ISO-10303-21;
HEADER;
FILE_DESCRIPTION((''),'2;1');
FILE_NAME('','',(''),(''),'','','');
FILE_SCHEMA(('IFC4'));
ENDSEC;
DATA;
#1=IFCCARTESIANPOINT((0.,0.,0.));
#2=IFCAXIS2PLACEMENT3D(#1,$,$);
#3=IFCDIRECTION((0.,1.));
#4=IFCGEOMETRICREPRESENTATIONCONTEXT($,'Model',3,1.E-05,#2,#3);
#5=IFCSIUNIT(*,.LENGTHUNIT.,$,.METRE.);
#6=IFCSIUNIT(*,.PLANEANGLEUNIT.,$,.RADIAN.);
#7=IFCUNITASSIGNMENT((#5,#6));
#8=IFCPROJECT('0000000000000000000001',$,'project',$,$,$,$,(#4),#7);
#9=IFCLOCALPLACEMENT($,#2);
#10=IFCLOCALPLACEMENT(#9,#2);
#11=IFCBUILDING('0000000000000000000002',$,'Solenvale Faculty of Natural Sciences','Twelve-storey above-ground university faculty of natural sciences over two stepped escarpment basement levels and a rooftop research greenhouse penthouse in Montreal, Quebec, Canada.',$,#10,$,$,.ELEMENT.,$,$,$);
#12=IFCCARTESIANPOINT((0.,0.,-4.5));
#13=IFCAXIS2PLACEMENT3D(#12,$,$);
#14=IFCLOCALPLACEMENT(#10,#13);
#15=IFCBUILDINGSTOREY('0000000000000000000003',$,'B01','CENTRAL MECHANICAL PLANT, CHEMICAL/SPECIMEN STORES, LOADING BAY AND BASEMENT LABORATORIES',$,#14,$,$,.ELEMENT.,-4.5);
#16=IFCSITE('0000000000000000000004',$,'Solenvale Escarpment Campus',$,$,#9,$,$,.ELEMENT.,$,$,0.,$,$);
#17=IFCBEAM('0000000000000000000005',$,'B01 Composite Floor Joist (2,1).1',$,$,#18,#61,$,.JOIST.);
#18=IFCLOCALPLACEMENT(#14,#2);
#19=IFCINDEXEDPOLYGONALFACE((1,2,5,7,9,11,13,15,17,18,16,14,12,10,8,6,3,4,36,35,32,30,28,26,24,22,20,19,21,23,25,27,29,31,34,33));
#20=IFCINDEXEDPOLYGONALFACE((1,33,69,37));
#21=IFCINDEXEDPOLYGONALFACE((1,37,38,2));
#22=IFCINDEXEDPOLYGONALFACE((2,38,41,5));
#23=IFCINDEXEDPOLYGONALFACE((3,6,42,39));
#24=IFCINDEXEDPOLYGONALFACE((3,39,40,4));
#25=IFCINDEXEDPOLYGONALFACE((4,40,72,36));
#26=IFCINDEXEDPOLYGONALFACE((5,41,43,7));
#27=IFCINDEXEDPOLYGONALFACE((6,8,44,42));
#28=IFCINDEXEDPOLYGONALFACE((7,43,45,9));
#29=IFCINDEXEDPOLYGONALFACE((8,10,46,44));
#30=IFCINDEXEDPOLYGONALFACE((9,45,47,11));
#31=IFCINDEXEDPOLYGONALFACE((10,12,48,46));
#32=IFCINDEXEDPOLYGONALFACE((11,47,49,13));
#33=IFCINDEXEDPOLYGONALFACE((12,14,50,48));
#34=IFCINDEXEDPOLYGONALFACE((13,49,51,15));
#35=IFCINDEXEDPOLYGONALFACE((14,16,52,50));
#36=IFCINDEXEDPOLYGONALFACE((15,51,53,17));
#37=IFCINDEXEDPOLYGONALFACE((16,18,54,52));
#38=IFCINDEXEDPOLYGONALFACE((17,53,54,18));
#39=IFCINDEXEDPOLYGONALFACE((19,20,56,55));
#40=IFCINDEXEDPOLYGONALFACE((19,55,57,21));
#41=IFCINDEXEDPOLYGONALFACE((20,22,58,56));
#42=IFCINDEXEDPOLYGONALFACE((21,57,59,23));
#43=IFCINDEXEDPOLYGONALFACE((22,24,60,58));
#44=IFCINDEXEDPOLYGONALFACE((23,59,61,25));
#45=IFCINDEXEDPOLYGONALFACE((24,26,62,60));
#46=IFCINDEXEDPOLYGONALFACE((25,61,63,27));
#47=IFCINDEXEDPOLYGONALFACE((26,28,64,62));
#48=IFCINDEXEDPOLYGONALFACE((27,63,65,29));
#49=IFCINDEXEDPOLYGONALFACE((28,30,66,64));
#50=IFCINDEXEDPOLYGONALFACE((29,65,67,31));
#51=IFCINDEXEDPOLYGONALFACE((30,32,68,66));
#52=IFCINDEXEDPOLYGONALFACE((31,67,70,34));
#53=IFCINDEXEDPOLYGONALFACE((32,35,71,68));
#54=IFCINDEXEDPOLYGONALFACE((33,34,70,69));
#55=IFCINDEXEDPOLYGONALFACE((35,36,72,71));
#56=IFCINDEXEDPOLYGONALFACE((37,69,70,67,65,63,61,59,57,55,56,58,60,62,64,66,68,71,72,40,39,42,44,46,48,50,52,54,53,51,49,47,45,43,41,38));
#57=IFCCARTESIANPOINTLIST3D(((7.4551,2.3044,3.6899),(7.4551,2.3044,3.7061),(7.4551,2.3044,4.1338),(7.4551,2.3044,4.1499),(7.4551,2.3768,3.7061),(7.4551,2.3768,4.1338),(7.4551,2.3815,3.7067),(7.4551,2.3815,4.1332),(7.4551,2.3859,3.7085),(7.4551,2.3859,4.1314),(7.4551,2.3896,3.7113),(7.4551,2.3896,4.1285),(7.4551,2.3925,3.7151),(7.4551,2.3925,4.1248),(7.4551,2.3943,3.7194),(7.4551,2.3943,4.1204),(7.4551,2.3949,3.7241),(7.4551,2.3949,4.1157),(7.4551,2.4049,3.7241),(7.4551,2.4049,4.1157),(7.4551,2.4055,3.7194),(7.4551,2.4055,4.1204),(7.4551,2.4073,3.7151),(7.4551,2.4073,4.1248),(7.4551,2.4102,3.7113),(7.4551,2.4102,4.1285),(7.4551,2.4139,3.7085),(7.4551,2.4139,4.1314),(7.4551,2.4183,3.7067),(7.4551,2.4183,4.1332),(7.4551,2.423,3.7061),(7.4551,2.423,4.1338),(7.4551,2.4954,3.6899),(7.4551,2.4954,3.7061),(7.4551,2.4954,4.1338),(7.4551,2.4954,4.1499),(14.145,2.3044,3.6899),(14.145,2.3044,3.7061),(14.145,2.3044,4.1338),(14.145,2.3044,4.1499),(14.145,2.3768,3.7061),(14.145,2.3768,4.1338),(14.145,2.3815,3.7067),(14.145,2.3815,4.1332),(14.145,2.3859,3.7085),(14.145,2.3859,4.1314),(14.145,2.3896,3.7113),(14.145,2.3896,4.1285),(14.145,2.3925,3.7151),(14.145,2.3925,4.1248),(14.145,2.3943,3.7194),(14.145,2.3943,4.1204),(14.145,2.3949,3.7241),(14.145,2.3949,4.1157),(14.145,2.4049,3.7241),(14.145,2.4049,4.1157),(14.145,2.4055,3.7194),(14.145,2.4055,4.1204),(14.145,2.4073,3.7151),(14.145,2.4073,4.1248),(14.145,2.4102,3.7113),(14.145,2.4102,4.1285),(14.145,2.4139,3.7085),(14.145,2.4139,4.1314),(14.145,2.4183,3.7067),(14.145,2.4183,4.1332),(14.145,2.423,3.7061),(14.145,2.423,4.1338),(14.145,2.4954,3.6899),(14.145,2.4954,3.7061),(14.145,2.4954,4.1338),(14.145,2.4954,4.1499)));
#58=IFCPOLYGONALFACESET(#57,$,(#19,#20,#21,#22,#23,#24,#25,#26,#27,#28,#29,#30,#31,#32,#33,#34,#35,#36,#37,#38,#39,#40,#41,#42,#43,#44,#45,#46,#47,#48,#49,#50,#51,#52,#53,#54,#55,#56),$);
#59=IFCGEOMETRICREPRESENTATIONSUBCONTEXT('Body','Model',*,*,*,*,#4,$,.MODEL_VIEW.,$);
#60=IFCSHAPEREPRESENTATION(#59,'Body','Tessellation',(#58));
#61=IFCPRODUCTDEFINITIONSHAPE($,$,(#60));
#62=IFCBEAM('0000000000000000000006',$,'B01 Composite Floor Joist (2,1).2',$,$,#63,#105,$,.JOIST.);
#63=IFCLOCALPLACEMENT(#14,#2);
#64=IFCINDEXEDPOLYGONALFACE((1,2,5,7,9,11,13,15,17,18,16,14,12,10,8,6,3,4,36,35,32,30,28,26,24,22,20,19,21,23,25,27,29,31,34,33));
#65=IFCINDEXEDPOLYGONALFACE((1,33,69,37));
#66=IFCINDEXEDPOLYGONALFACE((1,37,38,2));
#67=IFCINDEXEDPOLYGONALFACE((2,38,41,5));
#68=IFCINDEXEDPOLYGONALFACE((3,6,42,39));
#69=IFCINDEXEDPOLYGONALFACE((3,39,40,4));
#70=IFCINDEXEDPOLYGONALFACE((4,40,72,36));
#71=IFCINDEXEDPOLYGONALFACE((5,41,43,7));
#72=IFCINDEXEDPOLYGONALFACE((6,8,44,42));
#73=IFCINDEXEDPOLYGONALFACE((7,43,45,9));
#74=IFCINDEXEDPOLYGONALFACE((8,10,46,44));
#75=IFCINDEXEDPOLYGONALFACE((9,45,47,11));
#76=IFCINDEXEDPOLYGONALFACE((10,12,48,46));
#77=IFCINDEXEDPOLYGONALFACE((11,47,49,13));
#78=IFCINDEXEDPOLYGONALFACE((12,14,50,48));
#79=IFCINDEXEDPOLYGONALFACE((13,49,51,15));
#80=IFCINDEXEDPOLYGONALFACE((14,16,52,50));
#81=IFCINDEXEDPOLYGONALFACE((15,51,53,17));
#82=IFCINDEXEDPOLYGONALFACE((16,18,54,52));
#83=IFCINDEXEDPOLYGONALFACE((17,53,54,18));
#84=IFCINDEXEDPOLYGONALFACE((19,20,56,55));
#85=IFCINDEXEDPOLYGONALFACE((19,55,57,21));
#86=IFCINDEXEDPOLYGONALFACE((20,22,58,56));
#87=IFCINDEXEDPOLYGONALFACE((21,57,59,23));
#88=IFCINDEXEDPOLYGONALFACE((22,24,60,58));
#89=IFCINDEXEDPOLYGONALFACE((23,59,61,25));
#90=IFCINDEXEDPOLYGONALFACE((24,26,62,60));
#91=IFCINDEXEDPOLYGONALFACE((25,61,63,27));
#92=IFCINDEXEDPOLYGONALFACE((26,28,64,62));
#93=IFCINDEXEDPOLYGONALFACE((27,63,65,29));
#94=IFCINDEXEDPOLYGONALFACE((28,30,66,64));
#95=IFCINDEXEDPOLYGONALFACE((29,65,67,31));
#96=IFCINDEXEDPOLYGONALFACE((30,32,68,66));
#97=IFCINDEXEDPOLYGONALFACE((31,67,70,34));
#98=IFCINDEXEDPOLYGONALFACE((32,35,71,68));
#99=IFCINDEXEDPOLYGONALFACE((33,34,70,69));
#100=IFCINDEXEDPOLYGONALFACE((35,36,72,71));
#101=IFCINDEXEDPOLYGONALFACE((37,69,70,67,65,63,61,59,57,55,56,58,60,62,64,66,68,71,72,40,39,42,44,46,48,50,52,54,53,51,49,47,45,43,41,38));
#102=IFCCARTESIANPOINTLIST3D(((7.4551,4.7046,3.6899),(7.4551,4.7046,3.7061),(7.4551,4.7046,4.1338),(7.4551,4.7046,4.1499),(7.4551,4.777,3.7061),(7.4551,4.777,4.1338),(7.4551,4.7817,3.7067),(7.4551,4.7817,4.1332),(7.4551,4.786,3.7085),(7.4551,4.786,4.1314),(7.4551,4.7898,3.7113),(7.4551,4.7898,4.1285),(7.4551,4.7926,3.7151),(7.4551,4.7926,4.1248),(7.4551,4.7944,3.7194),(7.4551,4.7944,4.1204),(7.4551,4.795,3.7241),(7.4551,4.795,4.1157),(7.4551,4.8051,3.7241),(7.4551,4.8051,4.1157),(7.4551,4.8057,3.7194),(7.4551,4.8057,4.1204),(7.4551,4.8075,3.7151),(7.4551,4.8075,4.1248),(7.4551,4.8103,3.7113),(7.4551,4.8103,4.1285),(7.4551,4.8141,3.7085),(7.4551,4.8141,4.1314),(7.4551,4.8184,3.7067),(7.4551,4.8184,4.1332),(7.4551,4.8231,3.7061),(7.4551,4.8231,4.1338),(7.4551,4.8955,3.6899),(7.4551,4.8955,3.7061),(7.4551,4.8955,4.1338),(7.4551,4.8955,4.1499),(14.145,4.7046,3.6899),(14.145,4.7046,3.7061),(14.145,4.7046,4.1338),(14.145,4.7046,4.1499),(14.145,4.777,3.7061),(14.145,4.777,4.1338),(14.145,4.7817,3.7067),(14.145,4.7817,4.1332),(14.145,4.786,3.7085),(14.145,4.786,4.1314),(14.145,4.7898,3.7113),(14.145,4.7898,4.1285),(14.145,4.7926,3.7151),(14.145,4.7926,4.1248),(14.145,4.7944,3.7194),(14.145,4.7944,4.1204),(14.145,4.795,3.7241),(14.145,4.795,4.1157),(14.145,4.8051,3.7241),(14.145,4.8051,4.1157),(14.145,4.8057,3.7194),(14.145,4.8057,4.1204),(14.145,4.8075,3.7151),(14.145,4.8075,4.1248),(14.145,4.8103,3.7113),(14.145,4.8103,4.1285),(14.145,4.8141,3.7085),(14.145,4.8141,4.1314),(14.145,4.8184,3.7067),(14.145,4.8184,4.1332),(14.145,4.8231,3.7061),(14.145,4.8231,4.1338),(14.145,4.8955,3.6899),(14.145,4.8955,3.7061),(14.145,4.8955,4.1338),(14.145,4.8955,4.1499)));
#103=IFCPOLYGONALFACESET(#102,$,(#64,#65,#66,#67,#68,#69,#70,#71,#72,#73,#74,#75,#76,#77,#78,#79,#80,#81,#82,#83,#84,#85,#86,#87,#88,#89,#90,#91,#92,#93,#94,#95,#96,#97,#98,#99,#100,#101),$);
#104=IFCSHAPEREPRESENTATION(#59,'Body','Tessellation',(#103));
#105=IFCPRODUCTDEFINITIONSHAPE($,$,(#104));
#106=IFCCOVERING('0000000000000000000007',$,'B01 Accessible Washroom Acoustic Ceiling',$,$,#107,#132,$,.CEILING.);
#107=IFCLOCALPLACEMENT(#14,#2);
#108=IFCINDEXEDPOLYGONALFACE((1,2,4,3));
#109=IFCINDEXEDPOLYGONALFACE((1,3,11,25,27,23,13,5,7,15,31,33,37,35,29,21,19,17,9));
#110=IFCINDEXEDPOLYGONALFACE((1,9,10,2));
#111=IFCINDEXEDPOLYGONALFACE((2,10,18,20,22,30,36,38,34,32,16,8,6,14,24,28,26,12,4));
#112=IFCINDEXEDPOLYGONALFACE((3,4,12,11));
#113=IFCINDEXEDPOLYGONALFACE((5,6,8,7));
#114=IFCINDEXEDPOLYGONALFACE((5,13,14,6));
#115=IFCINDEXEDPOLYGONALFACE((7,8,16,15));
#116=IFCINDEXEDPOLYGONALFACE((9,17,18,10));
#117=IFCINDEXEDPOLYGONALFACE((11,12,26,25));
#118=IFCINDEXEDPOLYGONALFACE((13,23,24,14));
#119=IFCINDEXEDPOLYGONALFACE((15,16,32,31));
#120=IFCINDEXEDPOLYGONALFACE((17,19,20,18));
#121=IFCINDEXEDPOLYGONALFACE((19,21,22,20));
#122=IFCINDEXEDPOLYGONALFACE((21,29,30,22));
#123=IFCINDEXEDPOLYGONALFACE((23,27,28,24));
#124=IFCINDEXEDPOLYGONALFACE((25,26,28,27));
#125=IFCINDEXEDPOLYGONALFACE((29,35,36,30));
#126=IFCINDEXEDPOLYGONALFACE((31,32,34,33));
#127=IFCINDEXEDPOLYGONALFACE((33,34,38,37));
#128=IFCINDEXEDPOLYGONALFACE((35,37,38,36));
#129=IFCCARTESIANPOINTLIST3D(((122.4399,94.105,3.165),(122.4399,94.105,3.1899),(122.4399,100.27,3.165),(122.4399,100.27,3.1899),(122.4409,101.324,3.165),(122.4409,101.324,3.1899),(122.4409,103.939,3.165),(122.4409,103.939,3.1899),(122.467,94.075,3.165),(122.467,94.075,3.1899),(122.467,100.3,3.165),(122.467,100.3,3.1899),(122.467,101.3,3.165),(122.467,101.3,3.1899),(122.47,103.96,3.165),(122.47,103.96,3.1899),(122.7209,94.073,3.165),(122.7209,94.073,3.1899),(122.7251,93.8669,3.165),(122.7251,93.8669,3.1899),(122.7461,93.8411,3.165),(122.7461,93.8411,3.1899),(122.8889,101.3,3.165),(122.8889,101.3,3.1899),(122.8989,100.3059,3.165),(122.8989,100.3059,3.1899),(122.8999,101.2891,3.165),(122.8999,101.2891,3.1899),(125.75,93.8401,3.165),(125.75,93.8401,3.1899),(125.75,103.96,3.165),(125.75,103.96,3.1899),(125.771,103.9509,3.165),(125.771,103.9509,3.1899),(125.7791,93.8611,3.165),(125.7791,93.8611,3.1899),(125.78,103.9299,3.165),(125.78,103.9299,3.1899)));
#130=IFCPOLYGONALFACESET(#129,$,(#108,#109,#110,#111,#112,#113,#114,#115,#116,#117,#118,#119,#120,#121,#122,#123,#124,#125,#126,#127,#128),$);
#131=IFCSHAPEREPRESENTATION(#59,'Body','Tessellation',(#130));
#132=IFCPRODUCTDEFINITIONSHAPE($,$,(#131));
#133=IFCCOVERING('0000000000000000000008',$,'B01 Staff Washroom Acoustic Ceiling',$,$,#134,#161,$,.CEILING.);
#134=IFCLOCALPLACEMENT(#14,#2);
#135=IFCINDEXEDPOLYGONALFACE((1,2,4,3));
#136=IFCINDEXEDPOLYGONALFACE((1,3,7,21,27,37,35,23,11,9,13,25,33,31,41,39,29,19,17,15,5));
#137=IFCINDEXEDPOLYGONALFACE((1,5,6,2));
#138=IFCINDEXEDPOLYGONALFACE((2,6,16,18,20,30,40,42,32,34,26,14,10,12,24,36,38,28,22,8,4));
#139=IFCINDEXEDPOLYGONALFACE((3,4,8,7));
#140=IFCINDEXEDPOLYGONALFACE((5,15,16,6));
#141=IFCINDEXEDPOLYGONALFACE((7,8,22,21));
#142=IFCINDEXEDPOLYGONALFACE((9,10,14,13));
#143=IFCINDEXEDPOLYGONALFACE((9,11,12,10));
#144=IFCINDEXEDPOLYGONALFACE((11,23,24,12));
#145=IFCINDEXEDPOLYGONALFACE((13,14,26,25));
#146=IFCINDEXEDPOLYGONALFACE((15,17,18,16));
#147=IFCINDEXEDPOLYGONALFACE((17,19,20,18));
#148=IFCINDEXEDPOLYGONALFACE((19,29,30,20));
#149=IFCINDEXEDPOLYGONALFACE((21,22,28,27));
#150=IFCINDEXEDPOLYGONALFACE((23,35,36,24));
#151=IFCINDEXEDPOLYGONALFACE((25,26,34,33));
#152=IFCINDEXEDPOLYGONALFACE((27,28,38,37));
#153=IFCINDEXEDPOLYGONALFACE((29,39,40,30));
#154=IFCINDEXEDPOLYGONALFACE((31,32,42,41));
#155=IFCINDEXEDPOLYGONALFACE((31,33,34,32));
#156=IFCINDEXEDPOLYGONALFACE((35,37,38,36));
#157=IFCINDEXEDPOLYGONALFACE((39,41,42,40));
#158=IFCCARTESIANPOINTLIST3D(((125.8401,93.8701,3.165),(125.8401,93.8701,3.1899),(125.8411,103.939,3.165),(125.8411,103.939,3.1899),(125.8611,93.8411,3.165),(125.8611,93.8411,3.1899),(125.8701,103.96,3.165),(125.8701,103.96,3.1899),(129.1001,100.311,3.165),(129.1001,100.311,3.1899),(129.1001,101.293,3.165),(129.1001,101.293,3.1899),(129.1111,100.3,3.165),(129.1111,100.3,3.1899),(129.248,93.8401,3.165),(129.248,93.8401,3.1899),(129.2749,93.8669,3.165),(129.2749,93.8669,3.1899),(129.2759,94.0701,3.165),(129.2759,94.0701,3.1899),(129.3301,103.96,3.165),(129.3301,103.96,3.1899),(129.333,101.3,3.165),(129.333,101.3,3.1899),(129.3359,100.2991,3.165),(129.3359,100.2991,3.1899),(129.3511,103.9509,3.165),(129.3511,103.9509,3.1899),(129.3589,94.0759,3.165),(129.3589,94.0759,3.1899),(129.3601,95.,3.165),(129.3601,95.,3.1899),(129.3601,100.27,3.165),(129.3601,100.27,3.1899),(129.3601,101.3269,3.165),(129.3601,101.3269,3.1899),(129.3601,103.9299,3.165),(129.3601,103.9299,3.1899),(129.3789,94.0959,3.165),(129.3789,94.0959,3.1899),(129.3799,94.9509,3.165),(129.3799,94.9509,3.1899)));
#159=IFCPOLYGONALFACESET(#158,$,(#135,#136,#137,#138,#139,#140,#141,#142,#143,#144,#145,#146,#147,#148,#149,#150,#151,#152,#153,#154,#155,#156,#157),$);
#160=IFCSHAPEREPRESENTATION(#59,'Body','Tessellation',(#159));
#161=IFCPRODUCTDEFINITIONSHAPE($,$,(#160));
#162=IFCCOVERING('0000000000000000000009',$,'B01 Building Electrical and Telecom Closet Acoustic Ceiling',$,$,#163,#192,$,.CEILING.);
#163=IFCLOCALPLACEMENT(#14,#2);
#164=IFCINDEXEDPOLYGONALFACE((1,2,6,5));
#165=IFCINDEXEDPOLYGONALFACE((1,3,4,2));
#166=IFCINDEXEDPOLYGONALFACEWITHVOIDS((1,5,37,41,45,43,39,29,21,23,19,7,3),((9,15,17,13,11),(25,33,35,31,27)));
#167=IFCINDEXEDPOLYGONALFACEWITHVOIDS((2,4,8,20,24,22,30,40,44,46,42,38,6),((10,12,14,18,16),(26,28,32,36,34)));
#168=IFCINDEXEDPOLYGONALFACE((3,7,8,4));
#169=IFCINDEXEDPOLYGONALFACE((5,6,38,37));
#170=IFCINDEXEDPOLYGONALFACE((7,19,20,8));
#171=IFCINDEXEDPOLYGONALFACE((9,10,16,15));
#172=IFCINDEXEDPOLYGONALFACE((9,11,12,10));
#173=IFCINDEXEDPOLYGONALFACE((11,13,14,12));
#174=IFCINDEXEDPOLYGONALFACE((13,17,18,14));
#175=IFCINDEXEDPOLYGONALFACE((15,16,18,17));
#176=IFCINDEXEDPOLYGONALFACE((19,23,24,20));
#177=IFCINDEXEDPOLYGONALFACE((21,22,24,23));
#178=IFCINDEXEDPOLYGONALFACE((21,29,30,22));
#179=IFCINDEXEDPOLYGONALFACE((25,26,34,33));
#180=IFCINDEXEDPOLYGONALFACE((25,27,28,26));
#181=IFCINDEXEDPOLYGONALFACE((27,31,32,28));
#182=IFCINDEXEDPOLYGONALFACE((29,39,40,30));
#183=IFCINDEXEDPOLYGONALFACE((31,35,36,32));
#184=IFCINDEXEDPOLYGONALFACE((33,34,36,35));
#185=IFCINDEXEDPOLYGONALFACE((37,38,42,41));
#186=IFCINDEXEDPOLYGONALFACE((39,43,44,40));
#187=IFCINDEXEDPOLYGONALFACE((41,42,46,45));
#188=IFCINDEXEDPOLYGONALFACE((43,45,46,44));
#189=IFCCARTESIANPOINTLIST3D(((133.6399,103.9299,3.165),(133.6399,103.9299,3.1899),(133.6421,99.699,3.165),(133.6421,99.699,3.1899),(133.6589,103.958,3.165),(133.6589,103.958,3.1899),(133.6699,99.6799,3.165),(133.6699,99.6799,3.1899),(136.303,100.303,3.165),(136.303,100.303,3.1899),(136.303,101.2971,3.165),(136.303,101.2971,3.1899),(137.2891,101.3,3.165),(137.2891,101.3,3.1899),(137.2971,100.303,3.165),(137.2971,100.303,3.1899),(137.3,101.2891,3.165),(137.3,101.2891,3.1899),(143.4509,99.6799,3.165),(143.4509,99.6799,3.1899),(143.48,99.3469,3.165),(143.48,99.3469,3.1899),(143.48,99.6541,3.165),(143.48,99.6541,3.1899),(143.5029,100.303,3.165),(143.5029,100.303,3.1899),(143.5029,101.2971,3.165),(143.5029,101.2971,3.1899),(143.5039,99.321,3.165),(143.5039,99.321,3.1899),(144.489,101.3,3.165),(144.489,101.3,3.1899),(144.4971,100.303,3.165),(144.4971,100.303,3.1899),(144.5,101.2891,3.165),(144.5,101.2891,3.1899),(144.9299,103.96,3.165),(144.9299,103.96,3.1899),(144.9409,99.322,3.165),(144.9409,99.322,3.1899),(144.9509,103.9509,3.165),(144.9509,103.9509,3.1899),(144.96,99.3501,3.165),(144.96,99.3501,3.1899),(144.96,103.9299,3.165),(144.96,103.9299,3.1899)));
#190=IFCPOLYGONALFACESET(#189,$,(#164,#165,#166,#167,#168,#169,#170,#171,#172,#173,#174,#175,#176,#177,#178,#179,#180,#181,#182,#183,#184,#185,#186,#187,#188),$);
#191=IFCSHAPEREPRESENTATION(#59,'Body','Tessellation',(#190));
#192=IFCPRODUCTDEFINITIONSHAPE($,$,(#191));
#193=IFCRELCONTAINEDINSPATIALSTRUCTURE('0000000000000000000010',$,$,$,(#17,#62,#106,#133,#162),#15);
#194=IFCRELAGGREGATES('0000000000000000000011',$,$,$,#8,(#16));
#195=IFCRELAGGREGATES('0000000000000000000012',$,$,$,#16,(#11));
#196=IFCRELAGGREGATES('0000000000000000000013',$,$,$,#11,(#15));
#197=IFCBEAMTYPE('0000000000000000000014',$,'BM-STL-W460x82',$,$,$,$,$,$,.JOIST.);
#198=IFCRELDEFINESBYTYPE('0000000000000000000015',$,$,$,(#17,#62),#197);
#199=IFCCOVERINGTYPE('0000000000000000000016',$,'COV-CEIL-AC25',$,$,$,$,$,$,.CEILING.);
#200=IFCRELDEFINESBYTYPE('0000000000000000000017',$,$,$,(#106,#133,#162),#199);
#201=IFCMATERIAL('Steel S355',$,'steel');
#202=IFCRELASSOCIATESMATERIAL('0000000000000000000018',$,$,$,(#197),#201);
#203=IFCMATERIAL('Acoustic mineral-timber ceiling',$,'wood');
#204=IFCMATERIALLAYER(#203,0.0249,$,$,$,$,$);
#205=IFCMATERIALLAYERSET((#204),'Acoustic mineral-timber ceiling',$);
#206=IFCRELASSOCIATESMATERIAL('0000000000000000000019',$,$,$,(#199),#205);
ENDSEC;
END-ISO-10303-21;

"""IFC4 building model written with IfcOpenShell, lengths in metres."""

from ifc_helpers import new_model, si_unit, direction, frame, origin, origin_2d, place, context, subcontext, project, spatial, polyline, i_section, outline, extrude, material, layer, layer_set, material_profile, profile_set, type_object, element, save


model = new_model("IFC4")

# Units and contexts
model_context = context("Model", 3, precision=1e-05, world=origin(), true_north=direction((0.0, 1.0)))
body_context = subcontext(model_context, "Body", "Model", "MODEL_VIEW")
ifc_project = project(units=[si_unit("LENGTHUNIT", "METRE"), si_unit("PLANEANGLEUNIT", "RADIAN")], contexts=[model_context])

# Site, building, storey
site_placement = place(None, origin())
site = spatial("IfcSite", under=ifc_project, at=site_placement, Name="Solenvale Escarpment Campus", CompositionType="ELEMENT", RefElevation=0.0)
building_placement = place(site_placement, origin())
building = spatial("IfcBuilding", under=site, at=building_placement, Name="Solenvale Faculty of Natural Sciences", Description="Twelve-storey above-ground university faculty of natural sciences over two stepped escarpment basement levels and a rooftop research greenhouse penthouse in Montreal, Quebec, Canada.", CompositionType="ELEMENT")
storey_placement = place(building_placement, frame((0.0, 0.0, -4.5)))
storey = spatial("IfcBuildingStorey", under=building, at=storey_placement, Name="B01", Description="CENTRAL MECHANICAL PLANT, CHEMICAL/SPECIMEN STORES, LOADING BAY AND BASEMENT LABORATORIES", CompositionType="ELEMENT", Elevation=-4.5)

# Beams
ifc_material_1 = material(Name="Steel S355", Category="steel")
ifc_material_profile_1 = material_profile(ifc_material_1, i_section(OverallWidth=0.1909, OverallDepth=0.46, WebThickness=0.01, FlangeThickness=0.0161, FilletRadius=0.0181, at=origin_2d()), Name="W460x82")
ifc_profile_set_1 = profile_set([ifc_material_profile_1], Name="Steel S355")
beam_type_1 = type_object("IfcBeamType", Name="BM-STL-W460x82", PredefinedType="JOIST", material=ifc_profile_set_1)
for number, where, z_axis, x_axis, name in (
    (1, (7.4551, 2.3999, 3.9199), (1.0, 0.0, 0.0), (0.0, 1.0, 0.0), "B01 Composite Floor Joist (2,1).1"),
    (2, (7.4551, 4.8, 3.9199), (1.0, 0.0, 0.0), (0.0, 1.0, 0.0), "B01 Composite Floor Joist (2,1).2"),
):
    element("IfcBeam", number, at=place(storey_placement, frame(where, z_axis=z_axis, x_axis=x_axis)), inside=storey, type_object=beam_type_1, Name=name, PredefinedType="JOIST", context=body_context, shape_type="SweptSolid", body=[
        extrude(i_section(OverallWidth=0.1909, OverallDepth=0.46, WebThickness=0.01, FlangeThickness=0.0161, FilletRadius=0.0181, at=origin_2d()), origin(), (0.0, 0.0, 1.0), 6.6899),
    ])

# Coverings
ifc_material_2 = material(Name="Acoustic mineral-timber ceiling", Category="wood")
ifc_layer_1 = layer(ifc_material_2, 0.0249)
ifc_layer_set_1 = layer_set([ifc_layer_1], Name="Acoustic mineral-timber ceiling")
covering_type_1 = type_object("IfcCoveringType", Name="COV-CEIL-AC25", PredefinedType="CEILING", material=ifc_layer_set_1)
covering_1_placement = place(storey_placement, frame((0.0, 0.0, 3.165)))
element("IfcCovering", 3, at=covering_1_placement, inside=storey, type_object=covering_type_1, Name="B01 Accessible Washroom Acoustic Ceiling", PredefinedType="CEILING", context=body_context, shape_type="SweptSolid", body=[
    extrude(outline(polyline([(125.75, 103.96), (125.771, 103.9509), (125.78, 103.9299), (125.7791, 93.8611), (125.75, 93.8401), (122.7461, 93.8411), (122.7251, 93.8669), (122.7209, 94.073), (122.467, 94.075), (122.4399, 94.105), (122.4399, 100.27), (122.467, 100.3), (122.8989, 100.3059), (122.8999, 101.2891), (122.8889, 101.3), (122.467, 101.3), (122.4409, 101.324), (122.4409, 103.939), (122.47, 103.96), (125.75, 103.96)])), origin(), (0.0, 0.0, 1.0), 0.0249),
])
covering_2_placement = place(storey_placement, frame((0.0, 0.0, 3.165)))
element("IfcCovering", 4, at=covering_2_placement, inside=storey, type_object=covering_type_1, Name="B01 Staff Washroom Acoustic Ceiling", PredefinedType="CEILING", context=body_context, shape_type="SweptSolid", body=[
    extrude(outline(polyline([(129.3301, 103.96), (129.3511, 103.9509), (129.3601, 103.9299), (129.3601, 101.3269), (129.333, 101.3), (129.1001, 101.293), (129.1001, 100.311), (129.1111, 100.3), (129.3359, 100.2991), (129.3601, 100.27), (129.3601, 95.0), (129.3799, 94.9509), (129.3789, 94.0959), (129.3589, 94.0759), (129.2759, 94.0701), (129.2749, 93.8669), (129.248, 93.8401), (125.8611, 93.8411), (125.8401, 93.8701), (125.8411, 103.939), (125.8701, 103.96), (129.3301, 103.96)])), origin(), (0.0, 0.0, 1.0), 0.0249),
])
covering_3_placement = place(storey_placement, frame((0.0, 0.0, 3.165)))
element("IfcCovering", 5, at=covering_3_placement, inside=storey, type_object=covering_type_1, Name="B01 Building Electrical and Telecom Closet Acoustic Ceiling", PredefinedType="CEILING", context=body_context, shape_type="SweptSolid", body=[
    extrude(outline(polyline([(144.9299, 103.96), (144.9509, 103.9509), (144.96, 103.9299), (144.96, 99.3501), (144.9409, 99.322), (143.5039, 99.321), (143.48, 99.3469), (143.48, 99.6541), (143.4509, 99.6799), (133.6699, 99.6799), (133.6421, 99.699), (133.6399, 103.9299), (133.6589, 103.958), (144.9299, 103.96)]), holes=[polyline([(144.5, 101.2891), (144.489, 101.3), (143.5029, 101.2971), (143.5029, 100.303), (144.4971, 100.303), (144.5, 101.2891)]), polyline([(137.3, 101.2891), (137.2891, 101.3), (136.303, 101.2971), (136.303, 100.303), (137.2971, 100.303), (137.3, 101.2891)])]), origin(), (0.0, 0.0, 1.0), 0.0249),
])

save(model, "model.ifc")
